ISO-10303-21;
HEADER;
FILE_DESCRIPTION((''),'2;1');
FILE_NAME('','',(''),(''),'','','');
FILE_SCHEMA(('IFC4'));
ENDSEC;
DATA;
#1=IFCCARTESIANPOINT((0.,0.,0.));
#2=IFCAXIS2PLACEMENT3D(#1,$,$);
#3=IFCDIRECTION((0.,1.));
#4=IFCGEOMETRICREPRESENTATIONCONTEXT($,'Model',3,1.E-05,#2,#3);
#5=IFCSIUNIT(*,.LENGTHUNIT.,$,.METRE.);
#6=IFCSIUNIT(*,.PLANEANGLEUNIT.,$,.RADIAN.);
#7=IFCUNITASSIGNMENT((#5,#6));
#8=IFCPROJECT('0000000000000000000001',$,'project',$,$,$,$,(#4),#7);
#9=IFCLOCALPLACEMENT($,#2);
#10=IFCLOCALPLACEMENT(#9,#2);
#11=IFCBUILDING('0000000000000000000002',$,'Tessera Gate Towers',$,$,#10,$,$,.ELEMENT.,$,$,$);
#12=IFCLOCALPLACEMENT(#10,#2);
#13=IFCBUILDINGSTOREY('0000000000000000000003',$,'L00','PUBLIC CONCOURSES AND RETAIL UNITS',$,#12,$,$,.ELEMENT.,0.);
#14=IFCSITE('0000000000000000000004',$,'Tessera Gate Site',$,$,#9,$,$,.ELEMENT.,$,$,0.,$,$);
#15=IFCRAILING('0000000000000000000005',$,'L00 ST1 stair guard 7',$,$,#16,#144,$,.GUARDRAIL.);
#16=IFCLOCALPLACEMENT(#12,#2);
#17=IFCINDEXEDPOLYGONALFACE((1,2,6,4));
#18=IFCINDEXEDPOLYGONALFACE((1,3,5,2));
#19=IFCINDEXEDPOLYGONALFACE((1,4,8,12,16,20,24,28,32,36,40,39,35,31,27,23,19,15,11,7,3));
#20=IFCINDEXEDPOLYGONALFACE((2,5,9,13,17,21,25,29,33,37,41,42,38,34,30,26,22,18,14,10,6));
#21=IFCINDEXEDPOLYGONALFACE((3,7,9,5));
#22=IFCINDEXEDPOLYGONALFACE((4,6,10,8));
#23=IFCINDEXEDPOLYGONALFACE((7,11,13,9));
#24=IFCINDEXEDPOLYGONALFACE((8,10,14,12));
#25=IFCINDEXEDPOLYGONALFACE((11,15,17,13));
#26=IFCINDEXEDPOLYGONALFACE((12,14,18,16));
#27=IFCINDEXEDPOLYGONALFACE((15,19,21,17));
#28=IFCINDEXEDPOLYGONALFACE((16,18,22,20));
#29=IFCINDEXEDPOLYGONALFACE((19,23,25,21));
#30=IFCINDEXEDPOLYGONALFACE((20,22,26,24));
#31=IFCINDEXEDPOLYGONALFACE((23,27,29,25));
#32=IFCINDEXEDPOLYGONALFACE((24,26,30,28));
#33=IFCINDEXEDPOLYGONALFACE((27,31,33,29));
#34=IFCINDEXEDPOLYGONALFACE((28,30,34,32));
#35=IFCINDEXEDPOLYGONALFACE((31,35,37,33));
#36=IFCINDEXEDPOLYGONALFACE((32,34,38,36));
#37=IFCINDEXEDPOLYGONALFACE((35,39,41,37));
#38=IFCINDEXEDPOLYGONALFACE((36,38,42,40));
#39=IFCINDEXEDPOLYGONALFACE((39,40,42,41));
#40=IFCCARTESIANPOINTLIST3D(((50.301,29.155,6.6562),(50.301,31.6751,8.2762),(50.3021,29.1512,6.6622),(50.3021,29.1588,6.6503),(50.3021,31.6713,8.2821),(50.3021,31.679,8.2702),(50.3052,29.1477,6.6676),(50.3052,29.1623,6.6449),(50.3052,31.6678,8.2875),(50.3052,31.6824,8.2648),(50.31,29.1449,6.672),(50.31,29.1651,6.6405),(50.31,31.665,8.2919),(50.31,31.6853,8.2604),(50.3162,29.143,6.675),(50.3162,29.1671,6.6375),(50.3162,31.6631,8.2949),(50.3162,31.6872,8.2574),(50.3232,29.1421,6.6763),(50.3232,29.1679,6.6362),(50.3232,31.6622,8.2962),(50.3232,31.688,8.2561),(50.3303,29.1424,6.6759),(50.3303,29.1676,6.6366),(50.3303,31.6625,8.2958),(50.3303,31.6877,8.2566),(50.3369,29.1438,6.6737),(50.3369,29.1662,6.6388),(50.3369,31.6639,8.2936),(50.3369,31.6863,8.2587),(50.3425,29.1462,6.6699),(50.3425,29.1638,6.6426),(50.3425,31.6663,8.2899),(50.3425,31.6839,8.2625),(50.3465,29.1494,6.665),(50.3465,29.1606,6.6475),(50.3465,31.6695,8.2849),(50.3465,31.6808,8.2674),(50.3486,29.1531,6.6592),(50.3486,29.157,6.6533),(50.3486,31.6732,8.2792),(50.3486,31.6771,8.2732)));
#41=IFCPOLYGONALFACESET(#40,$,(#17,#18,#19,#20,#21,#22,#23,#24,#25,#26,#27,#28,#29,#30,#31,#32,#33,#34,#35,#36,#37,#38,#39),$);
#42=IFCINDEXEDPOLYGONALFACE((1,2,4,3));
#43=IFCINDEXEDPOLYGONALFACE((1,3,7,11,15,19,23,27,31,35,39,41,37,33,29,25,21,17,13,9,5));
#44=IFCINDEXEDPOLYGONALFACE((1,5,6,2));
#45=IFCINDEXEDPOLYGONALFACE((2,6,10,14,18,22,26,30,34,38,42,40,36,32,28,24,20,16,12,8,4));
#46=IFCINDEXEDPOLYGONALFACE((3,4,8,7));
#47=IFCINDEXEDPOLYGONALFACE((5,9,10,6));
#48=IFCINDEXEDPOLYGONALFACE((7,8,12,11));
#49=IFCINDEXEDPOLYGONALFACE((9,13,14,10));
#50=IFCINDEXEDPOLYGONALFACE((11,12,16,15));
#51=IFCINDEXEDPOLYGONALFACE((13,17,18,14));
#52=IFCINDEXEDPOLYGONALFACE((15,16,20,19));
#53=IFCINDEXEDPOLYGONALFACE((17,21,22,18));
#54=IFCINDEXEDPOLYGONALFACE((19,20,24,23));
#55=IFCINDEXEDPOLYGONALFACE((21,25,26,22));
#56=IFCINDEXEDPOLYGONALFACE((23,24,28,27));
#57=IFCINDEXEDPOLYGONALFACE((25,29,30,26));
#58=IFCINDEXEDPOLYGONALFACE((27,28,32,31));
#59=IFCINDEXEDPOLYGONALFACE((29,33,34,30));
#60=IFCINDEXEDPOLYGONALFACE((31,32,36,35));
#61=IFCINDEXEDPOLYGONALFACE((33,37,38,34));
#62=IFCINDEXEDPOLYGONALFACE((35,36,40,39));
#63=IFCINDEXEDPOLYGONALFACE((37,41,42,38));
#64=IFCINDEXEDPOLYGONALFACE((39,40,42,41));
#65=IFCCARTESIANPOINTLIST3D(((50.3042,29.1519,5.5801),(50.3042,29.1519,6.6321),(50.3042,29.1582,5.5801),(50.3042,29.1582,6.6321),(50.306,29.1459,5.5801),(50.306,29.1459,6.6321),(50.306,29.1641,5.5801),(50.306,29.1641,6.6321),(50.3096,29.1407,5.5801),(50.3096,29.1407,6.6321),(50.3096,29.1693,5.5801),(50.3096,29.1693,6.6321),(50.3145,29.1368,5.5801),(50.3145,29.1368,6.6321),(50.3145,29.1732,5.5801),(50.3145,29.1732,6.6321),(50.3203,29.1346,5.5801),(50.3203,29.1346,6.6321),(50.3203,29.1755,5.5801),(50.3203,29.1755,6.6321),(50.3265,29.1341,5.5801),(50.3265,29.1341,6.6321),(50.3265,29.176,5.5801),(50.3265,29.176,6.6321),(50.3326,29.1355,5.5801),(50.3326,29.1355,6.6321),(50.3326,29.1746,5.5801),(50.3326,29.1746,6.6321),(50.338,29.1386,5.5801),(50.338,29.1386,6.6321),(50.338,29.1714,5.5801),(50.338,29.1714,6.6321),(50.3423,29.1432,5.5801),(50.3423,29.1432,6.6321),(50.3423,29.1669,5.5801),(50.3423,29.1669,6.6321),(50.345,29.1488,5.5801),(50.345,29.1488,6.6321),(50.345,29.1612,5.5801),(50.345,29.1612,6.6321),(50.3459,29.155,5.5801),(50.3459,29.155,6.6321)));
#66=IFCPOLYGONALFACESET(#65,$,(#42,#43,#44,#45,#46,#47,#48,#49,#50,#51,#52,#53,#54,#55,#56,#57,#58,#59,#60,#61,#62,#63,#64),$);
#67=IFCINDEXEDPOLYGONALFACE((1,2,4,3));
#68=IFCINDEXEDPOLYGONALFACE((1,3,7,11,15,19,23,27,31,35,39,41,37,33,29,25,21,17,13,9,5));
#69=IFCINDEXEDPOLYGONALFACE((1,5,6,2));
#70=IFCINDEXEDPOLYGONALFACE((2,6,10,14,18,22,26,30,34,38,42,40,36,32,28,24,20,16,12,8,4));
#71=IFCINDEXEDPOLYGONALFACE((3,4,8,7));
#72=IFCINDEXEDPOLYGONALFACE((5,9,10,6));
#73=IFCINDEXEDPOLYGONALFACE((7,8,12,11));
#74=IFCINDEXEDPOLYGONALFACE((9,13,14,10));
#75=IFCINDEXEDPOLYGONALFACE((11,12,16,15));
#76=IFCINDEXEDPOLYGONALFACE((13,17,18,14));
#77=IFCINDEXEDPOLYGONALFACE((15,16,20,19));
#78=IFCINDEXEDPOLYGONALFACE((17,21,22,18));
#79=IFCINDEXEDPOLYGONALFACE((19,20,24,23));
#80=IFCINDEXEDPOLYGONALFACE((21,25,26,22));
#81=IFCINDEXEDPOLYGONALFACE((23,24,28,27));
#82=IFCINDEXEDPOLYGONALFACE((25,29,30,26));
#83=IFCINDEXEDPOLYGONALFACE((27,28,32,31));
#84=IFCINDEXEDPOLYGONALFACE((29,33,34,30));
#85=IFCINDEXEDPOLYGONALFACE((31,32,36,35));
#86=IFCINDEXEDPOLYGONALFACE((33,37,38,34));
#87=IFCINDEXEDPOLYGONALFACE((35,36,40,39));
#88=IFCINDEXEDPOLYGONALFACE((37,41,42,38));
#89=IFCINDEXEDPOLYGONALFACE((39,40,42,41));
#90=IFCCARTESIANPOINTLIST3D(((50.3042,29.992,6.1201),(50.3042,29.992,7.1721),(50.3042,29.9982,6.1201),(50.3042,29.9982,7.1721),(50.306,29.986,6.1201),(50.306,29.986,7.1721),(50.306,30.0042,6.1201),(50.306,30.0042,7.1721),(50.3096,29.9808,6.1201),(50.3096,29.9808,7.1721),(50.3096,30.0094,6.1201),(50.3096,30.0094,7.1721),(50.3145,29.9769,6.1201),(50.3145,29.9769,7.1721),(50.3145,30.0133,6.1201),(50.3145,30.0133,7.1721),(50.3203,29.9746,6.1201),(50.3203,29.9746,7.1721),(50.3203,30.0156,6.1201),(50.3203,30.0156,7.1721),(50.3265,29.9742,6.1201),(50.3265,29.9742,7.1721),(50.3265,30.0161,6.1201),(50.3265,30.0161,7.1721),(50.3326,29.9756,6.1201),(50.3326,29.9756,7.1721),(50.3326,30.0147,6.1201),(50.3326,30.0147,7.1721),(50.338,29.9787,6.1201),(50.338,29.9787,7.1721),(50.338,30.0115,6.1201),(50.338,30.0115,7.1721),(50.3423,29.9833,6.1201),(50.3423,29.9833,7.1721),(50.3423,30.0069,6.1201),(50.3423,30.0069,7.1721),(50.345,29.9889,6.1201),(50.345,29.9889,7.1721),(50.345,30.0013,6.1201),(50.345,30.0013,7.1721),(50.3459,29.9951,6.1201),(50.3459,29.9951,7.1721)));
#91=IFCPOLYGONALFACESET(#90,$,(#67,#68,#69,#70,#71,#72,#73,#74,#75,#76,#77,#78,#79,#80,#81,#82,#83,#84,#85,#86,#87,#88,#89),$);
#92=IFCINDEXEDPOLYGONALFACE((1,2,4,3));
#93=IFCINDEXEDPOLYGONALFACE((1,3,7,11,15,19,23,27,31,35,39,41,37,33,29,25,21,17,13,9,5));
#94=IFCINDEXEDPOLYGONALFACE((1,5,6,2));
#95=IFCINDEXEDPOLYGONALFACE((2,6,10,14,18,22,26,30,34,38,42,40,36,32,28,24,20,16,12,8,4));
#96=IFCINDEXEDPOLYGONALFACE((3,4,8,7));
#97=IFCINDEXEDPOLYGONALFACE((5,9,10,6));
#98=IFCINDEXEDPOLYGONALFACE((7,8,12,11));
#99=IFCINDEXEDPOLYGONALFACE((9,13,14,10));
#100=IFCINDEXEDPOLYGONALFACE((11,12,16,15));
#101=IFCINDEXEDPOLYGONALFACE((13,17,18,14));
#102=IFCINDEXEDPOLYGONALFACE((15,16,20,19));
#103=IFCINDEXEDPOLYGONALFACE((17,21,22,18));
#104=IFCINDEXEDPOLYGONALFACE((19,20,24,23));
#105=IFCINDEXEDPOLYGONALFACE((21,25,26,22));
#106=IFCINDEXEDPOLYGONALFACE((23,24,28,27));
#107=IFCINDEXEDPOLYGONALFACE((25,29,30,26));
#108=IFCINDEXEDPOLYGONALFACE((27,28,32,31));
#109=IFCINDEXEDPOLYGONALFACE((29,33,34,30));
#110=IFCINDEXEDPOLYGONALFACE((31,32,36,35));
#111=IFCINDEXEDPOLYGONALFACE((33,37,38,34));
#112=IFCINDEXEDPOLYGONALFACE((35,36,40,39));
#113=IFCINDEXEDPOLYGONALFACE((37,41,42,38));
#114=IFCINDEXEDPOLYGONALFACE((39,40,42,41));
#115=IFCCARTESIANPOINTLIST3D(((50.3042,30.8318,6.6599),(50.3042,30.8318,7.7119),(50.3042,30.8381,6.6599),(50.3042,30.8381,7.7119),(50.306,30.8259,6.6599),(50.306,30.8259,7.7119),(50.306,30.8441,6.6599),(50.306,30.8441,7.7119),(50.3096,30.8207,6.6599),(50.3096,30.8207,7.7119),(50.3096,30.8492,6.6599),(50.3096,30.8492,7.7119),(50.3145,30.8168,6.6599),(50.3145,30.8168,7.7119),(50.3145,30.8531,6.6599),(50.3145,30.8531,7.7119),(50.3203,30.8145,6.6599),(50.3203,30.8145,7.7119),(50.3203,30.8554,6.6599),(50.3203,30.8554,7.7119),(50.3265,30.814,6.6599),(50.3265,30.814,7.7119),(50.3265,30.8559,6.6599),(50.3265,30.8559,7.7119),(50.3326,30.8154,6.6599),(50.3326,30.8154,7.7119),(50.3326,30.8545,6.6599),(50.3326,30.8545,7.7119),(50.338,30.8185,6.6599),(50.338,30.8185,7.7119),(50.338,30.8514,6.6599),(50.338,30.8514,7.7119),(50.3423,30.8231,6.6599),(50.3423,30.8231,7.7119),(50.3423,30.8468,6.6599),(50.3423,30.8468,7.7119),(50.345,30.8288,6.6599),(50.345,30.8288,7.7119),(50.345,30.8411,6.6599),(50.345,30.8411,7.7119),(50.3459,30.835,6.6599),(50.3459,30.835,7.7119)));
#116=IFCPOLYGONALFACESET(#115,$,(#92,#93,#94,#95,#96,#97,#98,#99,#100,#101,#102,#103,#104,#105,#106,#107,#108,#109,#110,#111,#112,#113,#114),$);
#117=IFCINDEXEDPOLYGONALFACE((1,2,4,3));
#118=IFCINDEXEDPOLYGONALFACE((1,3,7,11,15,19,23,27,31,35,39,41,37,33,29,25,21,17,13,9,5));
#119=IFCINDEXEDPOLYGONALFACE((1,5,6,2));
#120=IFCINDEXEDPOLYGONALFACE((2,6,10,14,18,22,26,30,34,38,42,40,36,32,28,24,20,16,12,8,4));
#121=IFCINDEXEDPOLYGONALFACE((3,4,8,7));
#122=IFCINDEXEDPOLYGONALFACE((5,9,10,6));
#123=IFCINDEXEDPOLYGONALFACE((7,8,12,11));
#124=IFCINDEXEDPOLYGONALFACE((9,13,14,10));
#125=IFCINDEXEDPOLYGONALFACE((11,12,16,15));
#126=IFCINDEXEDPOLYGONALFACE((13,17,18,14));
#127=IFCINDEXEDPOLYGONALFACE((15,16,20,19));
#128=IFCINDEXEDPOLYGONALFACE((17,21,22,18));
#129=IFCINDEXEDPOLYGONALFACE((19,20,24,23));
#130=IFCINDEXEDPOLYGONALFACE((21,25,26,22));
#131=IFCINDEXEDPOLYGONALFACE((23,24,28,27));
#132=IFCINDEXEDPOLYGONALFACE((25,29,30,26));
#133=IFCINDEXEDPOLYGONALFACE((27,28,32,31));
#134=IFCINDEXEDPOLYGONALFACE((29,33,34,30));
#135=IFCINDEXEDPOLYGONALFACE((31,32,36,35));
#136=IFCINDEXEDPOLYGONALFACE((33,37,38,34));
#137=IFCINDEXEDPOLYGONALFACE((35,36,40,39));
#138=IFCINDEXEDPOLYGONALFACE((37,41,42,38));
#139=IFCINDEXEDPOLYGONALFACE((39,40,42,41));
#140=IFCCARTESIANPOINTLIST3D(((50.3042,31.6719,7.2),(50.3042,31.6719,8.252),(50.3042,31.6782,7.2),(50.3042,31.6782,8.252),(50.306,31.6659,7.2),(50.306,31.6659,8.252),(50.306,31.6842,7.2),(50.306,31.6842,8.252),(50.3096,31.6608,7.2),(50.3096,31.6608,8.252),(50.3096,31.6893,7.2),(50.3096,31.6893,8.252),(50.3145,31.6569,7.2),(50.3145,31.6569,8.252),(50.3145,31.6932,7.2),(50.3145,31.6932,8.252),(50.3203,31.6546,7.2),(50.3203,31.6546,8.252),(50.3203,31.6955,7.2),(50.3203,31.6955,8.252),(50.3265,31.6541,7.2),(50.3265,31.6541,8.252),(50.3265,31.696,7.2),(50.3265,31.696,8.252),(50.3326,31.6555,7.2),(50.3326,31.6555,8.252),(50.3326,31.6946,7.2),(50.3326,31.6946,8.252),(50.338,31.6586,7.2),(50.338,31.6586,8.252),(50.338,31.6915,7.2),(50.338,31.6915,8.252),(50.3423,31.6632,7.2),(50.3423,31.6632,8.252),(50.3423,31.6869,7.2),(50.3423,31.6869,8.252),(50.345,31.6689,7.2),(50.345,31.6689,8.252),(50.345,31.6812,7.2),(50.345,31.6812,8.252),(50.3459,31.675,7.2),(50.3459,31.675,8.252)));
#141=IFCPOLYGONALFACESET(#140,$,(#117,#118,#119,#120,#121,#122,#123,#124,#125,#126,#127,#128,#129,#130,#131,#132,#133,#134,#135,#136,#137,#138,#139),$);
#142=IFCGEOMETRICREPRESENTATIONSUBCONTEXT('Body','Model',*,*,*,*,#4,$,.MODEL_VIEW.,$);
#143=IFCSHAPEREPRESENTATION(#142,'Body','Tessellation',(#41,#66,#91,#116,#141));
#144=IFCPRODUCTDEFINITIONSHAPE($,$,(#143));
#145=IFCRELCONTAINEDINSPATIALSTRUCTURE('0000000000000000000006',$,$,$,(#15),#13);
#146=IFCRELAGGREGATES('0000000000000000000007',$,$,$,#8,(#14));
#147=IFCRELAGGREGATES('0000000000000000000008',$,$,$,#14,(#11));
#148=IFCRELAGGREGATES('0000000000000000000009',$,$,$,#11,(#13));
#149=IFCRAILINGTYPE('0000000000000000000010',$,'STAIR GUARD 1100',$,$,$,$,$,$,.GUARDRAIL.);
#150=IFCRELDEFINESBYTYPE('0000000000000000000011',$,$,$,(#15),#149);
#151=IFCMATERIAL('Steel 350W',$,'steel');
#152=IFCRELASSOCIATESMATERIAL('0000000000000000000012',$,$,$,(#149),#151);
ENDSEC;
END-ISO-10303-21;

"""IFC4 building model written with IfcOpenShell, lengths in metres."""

from ifc_helpers import new_model, si_unit, direction, frame, origin, origin_2d, place, context, subcontext, project, spatial, circle, extrude, material, type_object, element, save


model = new_model("IFC4")

# Units and contexts
model_context = context("Model", 3, precision=1e-05, world=origin(), true_north=direction((0.0, 1.0)))
body_context = subcontext(model_context, "Body", "Model", "MODEL_VIEW")
ifc_project = project(units=[si_unit("LENGTHUNIT", "METRE"), si_unit("PLANEANGLEUNIT", "RADIAN")], contexts=[model_context])

# Site, building, storey
site_placement = place(None, origin())
site = spatial("IfcSite", under=ifc_project, at=site_placement, Name="Tessera Gate Site", CompositionType="ELEMENT", RefElevation=0.0)
building_placement = place(site_placement, origin())
building = spatial("IfcBuilding", under=site, at=building_placement, Name="Tessera Gate Towers", CompositionType="ELEMENT")
storey_placement = place(building_placement, origin())
storey = spatial("IfcBuildingStorey", under=building, at=storey_placement, Name="L00", Description="PUBLIC CONCOURSES AND RETAIL UNITS", CompositionType="ELEMENT", Elevation=0.0)

# Railing
ifc_material_1 = material(Name="Steel 350W", Category="steel")
railing_type_1 = type_object("IfcRailingType", Name="STAIR GUARD 1100", PredefinedType="GUARDRAIL", material=ifc_material_1)
railing_1_placement = place(storey_placement, frame((50.325, 29.155, 5.5801)))
element("IfcRailing", 1, at=railing_1_placement, inside=storey, type_object=railing_type_1, Name="L00 ST1 stair guard 7", PredefinedType="GUARDRAIL", context=body_context, shape_type="SweptSolid", body=[
    extrude(circle(Radius=0.0239, at=origin_2d()), frame((0.0, 0.0, 1.0762), z_axis=(0.0, 0.8412, 0.540725), x_axis=(-1.0, 0.0, 0.0)), (0.0, 0.0, 1.0), 2.9958),
    extrude(circle(Radius=0.021, at=origin_2d()), origin(), (0.0, 0.0, 1.0), 1.052),
    extrude(circle(Radius=0.021, at=origin_2d()), frame((0.0, 0.8401, 0.54)), (0.0, 0.0, 1.0), 1.052),
    extrude(circle(Radius=0.021, at=origin_2d()), frame((0.0, 1.6799, 1.0798)), (0.0, 0.0, 1.0), 1.052),
    extrude(circle(Radius=0.021, at=origin_2d()), frame((0.0, 2.52, 1.6199)), (0.0, 0.0, 1.0), 1.052),
])

save(model, "model.ifc")
